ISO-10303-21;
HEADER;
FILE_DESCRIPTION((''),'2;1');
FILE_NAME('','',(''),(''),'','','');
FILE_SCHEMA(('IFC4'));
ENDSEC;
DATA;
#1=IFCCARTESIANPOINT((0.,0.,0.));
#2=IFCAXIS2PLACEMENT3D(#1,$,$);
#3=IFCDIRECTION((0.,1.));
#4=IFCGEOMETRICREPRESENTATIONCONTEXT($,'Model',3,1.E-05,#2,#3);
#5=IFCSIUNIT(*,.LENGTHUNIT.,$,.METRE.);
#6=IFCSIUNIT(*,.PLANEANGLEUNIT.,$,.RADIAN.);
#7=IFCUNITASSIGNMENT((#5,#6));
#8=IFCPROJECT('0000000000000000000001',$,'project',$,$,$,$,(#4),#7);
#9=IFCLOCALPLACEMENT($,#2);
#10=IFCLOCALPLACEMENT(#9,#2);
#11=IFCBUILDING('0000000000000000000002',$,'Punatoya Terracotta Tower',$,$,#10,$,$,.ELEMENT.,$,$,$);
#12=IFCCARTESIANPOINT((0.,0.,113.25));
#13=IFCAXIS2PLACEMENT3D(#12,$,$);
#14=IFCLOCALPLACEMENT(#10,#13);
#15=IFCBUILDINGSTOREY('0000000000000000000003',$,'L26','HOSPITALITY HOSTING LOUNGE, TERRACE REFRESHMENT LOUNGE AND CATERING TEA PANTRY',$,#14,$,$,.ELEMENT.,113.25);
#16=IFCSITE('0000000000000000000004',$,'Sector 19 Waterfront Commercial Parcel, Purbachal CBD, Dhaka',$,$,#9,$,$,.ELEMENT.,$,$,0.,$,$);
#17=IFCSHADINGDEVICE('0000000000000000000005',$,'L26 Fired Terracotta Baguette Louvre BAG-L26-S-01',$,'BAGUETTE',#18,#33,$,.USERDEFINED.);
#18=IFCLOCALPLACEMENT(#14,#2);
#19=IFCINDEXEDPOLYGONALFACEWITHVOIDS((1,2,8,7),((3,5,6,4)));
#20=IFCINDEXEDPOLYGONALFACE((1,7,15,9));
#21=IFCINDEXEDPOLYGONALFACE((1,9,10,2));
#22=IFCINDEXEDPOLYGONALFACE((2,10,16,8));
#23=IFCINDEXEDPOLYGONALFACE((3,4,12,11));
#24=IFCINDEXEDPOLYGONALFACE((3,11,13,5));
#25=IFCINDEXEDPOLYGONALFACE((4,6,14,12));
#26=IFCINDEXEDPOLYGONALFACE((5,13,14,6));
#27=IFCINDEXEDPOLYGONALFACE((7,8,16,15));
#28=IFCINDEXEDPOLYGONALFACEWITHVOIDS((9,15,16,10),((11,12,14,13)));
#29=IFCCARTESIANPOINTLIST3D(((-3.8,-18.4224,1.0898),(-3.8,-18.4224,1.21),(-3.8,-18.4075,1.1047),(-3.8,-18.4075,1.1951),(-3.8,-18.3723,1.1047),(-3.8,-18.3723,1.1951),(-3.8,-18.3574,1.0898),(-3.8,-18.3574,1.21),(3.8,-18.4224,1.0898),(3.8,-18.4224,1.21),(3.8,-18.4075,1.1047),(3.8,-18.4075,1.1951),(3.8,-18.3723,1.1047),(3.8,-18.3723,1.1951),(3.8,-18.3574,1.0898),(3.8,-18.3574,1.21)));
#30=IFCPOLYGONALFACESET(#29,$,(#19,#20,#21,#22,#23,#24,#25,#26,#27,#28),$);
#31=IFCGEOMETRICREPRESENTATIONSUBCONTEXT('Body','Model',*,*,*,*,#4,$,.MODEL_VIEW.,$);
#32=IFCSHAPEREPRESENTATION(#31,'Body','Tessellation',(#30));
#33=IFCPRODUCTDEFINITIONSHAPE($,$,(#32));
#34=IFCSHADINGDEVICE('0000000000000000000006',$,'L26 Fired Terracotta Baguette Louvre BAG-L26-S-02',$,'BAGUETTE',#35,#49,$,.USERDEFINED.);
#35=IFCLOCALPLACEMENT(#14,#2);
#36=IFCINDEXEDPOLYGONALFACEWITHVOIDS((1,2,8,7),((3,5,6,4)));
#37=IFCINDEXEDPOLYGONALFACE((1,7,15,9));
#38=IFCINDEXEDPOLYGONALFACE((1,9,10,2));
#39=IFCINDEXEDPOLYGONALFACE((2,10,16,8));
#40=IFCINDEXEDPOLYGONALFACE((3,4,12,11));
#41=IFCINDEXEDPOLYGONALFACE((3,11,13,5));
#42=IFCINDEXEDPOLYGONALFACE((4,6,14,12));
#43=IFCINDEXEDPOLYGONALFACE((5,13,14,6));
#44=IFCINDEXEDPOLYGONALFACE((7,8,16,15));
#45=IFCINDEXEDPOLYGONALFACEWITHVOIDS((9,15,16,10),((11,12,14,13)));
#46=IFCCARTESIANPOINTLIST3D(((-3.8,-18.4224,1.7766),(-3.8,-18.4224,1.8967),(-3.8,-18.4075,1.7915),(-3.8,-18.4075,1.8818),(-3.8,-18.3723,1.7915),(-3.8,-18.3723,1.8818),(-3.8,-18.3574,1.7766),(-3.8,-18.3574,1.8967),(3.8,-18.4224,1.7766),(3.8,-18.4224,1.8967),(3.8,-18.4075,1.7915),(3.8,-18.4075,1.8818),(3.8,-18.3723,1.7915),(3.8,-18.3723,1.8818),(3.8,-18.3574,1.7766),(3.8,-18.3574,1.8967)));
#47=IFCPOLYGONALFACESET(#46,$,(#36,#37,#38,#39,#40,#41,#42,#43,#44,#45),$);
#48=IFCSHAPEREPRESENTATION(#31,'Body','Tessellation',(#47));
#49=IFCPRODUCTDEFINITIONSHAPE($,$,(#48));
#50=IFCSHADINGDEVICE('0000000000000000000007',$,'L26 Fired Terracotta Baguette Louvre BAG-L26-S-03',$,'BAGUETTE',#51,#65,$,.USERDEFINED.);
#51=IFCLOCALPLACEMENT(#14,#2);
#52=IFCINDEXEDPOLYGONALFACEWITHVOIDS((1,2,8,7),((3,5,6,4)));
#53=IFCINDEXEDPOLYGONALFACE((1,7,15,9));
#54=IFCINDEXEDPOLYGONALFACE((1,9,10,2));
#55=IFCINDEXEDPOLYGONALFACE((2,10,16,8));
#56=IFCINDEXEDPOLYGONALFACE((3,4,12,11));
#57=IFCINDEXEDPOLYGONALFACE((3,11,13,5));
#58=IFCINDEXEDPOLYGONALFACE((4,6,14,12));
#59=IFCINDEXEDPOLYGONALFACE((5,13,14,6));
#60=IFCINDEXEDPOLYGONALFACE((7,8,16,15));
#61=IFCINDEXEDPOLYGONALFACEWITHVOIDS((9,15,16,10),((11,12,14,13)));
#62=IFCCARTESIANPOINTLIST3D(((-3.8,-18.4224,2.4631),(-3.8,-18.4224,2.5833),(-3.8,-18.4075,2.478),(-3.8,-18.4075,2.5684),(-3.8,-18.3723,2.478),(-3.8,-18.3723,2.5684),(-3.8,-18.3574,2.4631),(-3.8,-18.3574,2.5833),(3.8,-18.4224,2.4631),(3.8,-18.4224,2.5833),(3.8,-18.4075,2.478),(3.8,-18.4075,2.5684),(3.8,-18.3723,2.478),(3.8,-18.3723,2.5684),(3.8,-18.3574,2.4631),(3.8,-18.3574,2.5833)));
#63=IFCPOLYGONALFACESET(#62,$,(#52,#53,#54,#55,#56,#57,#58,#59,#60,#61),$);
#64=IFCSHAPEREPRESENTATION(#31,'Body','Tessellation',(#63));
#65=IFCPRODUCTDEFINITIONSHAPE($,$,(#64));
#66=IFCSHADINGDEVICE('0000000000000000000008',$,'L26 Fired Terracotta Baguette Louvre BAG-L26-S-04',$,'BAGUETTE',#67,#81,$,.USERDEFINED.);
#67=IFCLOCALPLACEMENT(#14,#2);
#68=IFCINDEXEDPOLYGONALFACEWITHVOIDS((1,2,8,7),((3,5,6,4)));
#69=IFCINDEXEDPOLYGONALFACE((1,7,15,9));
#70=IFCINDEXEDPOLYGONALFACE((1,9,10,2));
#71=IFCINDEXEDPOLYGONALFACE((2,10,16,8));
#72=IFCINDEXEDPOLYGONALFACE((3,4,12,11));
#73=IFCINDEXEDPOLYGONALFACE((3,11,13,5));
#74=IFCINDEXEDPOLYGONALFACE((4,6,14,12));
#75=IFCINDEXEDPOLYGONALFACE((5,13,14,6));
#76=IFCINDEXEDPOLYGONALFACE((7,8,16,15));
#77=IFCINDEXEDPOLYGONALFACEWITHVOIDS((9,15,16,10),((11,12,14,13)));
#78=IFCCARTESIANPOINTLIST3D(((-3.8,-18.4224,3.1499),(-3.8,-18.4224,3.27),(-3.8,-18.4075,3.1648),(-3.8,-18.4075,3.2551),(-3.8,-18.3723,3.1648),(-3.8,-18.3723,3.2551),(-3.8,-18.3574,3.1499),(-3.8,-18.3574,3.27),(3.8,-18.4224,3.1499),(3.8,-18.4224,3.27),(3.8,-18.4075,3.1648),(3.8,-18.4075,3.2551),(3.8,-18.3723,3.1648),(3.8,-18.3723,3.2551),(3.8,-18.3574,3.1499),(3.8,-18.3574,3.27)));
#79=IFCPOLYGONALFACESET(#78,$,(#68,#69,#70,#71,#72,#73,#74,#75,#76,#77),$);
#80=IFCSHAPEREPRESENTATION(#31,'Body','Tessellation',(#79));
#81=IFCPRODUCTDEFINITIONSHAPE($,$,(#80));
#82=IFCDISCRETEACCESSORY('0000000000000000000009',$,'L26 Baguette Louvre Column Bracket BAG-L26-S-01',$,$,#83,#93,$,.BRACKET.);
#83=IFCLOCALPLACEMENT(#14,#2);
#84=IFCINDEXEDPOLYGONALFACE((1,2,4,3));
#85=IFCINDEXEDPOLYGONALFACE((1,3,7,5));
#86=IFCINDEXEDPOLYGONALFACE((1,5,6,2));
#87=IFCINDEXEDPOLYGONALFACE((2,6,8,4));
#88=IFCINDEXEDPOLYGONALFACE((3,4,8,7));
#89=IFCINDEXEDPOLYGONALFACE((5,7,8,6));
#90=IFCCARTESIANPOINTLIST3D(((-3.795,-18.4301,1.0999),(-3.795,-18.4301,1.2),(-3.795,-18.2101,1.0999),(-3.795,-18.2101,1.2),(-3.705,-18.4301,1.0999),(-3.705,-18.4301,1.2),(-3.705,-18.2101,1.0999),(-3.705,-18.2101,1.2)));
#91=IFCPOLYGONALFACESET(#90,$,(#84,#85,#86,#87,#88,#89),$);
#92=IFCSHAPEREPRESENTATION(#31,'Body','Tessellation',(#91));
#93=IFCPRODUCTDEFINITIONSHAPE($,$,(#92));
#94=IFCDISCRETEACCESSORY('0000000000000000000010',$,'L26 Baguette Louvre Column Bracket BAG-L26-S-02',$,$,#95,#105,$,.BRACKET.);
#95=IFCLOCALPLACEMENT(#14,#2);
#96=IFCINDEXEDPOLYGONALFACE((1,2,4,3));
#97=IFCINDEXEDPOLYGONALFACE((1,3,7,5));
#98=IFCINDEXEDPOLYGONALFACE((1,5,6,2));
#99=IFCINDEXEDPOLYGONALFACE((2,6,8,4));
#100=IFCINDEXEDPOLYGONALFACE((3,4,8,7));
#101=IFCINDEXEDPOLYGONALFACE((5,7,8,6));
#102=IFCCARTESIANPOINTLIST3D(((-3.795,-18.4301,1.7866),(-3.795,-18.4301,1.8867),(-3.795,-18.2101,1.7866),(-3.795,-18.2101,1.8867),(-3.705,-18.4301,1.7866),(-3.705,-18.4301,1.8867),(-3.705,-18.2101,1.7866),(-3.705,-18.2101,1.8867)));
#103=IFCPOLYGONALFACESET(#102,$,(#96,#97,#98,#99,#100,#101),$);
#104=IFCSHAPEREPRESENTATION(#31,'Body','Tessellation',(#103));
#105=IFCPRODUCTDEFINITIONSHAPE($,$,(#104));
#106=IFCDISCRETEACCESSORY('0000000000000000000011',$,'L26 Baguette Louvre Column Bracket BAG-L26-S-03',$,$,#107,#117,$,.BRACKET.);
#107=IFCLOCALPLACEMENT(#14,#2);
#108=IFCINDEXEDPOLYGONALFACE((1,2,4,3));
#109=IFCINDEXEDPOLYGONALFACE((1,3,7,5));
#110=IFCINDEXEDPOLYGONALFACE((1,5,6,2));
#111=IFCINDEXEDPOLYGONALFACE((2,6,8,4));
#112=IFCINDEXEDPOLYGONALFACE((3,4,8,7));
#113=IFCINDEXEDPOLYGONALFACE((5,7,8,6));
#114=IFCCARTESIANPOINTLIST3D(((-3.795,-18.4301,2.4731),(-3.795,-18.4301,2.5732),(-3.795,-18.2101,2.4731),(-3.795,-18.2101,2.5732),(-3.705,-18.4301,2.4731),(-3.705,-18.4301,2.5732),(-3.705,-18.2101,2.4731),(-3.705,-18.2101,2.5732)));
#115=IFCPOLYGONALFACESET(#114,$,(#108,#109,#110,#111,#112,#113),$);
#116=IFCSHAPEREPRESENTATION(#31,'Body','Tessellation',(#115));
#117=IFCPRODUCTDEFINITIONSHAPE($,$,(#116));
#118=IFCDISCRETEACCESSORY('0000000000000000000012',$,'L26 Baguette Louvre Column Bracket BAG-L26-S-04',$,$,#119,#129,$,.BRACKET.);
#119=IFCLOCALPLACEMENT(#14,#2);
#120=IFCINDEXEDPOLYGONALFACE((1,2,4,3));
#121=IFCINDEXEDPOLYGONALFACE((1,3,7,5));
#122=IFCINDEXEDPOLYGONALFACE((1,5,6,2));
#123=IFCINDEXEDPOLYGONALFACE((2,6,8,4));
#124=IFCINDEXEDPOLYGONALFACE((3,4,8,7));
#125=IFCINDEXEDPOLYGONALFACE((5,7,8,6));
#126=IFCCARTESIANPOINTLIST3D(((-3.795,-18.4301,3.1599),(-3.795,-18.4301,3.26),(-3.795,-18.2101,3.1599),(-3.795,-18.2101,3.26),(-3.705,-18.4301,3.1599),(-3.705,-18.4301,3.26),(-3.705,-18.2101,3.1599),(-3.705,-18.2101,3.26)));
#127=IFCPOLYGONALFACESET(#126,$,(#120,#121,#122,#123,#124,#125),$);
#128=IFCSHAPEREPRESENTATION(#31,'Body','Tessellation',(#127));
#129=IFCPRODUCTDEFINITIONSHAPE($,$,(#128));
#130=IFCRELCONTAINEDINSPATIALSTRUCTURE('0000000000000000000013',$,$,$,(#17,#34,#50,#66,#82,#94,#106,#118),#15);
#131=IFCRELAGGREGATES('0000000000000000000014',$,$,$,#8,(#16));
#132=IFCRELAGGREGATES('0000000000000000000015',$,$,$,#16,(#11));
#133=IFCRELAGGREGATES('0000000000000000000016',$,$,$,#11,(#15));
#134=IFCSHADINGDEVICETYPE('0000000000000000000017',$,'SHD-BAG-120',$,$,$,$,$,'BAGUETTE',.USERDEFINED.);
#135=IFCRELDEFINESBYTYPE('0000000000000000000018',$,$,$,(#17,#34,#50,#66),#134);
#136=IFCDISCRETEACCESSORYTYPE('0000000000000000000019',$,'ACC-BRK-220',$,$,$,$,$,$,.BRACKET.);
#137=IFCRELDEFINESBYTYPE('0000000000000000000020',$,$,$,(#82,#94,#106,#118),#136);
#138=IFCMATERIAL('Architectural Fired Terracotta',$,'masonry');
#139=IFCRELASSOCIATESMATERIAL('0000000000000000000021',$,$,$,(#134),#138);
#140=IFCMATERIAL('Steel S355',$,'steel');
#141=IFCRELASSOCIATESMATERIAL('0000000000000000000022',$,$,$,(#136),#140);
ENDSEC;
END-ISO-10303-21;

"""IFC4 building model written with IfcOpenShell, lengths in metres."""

from ifc_helpers import new_model, si_unit, direction, frame, origin, origin_2d, place, context, subcontext, project, spatial, rectangle, hollow_rectangle, extrude, material, material_profile, profile_set, type_object, element, save


model = new_model("IFC4")

# Units and contexts
model_context = context("Model", 3, precision=1e-05, world=origin(), true_north=direction((0.0, 1.0)))
body_context = subcontext(model_context, "Body", "Model", "MODEL_VIEW")
ifc_project = project(units=[si_unit("LENGTHUNIT", "METRE"), si_unit("PLANEANGLEUNIT", "RADIAN")], contexts=[model_context])

# Site, building, storey
site_placement = place(None, origin())
site = spatial("IfcSite", under=ifc_project, at=site_placement, Name="Sector 19 Waterfront Commercial Parcel, Purbachal CBD, Dhaka", CompositionType="ELEMENT", RefElevation=0.0)
building_placement = place(site_placement, origin())
building = spatial("IfcBuilding", under=site, at=building_placement, Name="Punatoya Terracotta Tower", CompositionType="ELEMENT")
storey_placement = place(building_placement, frame((0.0, 0.0, 113.25)))
storey = spatial("IfcBuildingStorey", under=building, at=storey_placement, Name="L26", Description="HOSPITALITY HOSTING LOUNGE, TERRACE REFRESHMENT LOUNGE AND CATERING TEA PANTRY", CompositionType="ELEMENT", Elevation=113.25)

# Shared definitions
ifc_material_1 = material(Name="Steel S355", Category="steel")

# Shading devices
ifc_material_2 = material(Name="Architectural Fired Terracotta", Category="masonry")
ifc_material_profile_1 = material_profile(ifc_material_2, hollow_rectangle(XDim=0.0649, YDim=0.1201, WallThickness=0.0149, at=origin_2d()))
ifc_profile_set_1 = profile_set([ifc_material_profile_1], Name="Architectural Fired Terracotta")
shading_device_type = type_object("IfcShadingDeviceType", Name="SHD-BAG-120", ElementType="BAGUETTE", PredefinedType="USERDEFINED", material=ifc_profile_set_1)
for number, where, z_axis, x_axis, name in (
    (1, (-3.8, -18.3899, 1.1499), (1.0, 0.0, 0.0), (0.0, 1.0, 0.0), "L26 Fired Terracotta Baguette Louvre BAG-L26-S-01"),
    (2, (-3.8, -18.3899, 1.8367), (1.0, 0.0, 0.0), (0.0, 1.0, 0.0), "L26 Fired Terracotta Baguette Louvre BAG-L26-S-02"),
    (3, (-3.8, -18.3899, 2.5232), (1.0, 0.0, 0.0), (0.0, 1.0, 0.0), "L26 Fired Terracotta Baguette Louvre BAG-L26-S-03"),
    (4, (-3.8, -18.3899, 3.21), (1.0, 0.0, 0.0), (0.0, 1.0, 0.0), "L26 Fired Terracotta Baguette Louvre BAG-L26-S-04"),
):
    element("IfcShadingDevice", number, at=place(storey_placement, frame(where, z_axis=z_axis, x_axis=x_axis)), inside=storey, type_object=shading_device_type, Name=name, ObjectType="BAGUETTE", PredefinedType="USERDEFINED", context=body_context, shape_type="SweptSolid", body=[
        extrude(hollow_rectangle(XDim=0.0649, YDim=0.1201, WallThickness=0.0149, at=origin_2d()), origin(), (0.0, 0.0, 1.0), 7.6001),
    ])

# Discrete accessories
discrete_accessory_type = type_object("IfcDiscreteAccessoryType", Name="ACC-BRK-220", PredefinedType="BRACKET", material=ifc_material_1)
for number, where, z_axis, x_axis, name in (
    (5, (-3.75, -18.3201, 1.0999), (0.0, 0.0, 1.0), (1.0, 0.0, 0.0), "L26 Baguette Louvre Column Bracket BAG-L26-S-01"),
    (6, (-3.75, -18.3201, 1.7866), (0.0, 0.0, 1.0), (1.0, 0.0, 0.0), "L26 Baguette Louvre Column Bracket BAG-L26-S-02"),
    (7, (-3.75, -18.3201, 2.4731), (0.0, 0.0, 1.0), (1.0, 0.0, 0.0), "L26 Baguette Louvre Column Bracket BAG-L26-S-03"),
    (8, (-3.75, -18.3201, 3.1599), (0.0, 0.0, 1.0), (1.0, 0.0, 0.0), "L26 Baguette Louvre Column Bracket BAG-L26-S-04"),
):
    element("IfcDiscreteAccessory", number, at=place(storey_placement, frame(where, z_axis=z_axis, x_axis=x_axis)), inside=storey, type_object=discrete_accessory_type, Name=name, PredefinedType="BRACKET", context=body_context, shape_type="SweptSolid", body=[
        extrude(rectangle(XDim=0.0901, YDim=0.22, at=origin_2d()), origin(), (0.0, 0.0, 1.0), 0.1001),
    ])

save(model, "model.ifc")
